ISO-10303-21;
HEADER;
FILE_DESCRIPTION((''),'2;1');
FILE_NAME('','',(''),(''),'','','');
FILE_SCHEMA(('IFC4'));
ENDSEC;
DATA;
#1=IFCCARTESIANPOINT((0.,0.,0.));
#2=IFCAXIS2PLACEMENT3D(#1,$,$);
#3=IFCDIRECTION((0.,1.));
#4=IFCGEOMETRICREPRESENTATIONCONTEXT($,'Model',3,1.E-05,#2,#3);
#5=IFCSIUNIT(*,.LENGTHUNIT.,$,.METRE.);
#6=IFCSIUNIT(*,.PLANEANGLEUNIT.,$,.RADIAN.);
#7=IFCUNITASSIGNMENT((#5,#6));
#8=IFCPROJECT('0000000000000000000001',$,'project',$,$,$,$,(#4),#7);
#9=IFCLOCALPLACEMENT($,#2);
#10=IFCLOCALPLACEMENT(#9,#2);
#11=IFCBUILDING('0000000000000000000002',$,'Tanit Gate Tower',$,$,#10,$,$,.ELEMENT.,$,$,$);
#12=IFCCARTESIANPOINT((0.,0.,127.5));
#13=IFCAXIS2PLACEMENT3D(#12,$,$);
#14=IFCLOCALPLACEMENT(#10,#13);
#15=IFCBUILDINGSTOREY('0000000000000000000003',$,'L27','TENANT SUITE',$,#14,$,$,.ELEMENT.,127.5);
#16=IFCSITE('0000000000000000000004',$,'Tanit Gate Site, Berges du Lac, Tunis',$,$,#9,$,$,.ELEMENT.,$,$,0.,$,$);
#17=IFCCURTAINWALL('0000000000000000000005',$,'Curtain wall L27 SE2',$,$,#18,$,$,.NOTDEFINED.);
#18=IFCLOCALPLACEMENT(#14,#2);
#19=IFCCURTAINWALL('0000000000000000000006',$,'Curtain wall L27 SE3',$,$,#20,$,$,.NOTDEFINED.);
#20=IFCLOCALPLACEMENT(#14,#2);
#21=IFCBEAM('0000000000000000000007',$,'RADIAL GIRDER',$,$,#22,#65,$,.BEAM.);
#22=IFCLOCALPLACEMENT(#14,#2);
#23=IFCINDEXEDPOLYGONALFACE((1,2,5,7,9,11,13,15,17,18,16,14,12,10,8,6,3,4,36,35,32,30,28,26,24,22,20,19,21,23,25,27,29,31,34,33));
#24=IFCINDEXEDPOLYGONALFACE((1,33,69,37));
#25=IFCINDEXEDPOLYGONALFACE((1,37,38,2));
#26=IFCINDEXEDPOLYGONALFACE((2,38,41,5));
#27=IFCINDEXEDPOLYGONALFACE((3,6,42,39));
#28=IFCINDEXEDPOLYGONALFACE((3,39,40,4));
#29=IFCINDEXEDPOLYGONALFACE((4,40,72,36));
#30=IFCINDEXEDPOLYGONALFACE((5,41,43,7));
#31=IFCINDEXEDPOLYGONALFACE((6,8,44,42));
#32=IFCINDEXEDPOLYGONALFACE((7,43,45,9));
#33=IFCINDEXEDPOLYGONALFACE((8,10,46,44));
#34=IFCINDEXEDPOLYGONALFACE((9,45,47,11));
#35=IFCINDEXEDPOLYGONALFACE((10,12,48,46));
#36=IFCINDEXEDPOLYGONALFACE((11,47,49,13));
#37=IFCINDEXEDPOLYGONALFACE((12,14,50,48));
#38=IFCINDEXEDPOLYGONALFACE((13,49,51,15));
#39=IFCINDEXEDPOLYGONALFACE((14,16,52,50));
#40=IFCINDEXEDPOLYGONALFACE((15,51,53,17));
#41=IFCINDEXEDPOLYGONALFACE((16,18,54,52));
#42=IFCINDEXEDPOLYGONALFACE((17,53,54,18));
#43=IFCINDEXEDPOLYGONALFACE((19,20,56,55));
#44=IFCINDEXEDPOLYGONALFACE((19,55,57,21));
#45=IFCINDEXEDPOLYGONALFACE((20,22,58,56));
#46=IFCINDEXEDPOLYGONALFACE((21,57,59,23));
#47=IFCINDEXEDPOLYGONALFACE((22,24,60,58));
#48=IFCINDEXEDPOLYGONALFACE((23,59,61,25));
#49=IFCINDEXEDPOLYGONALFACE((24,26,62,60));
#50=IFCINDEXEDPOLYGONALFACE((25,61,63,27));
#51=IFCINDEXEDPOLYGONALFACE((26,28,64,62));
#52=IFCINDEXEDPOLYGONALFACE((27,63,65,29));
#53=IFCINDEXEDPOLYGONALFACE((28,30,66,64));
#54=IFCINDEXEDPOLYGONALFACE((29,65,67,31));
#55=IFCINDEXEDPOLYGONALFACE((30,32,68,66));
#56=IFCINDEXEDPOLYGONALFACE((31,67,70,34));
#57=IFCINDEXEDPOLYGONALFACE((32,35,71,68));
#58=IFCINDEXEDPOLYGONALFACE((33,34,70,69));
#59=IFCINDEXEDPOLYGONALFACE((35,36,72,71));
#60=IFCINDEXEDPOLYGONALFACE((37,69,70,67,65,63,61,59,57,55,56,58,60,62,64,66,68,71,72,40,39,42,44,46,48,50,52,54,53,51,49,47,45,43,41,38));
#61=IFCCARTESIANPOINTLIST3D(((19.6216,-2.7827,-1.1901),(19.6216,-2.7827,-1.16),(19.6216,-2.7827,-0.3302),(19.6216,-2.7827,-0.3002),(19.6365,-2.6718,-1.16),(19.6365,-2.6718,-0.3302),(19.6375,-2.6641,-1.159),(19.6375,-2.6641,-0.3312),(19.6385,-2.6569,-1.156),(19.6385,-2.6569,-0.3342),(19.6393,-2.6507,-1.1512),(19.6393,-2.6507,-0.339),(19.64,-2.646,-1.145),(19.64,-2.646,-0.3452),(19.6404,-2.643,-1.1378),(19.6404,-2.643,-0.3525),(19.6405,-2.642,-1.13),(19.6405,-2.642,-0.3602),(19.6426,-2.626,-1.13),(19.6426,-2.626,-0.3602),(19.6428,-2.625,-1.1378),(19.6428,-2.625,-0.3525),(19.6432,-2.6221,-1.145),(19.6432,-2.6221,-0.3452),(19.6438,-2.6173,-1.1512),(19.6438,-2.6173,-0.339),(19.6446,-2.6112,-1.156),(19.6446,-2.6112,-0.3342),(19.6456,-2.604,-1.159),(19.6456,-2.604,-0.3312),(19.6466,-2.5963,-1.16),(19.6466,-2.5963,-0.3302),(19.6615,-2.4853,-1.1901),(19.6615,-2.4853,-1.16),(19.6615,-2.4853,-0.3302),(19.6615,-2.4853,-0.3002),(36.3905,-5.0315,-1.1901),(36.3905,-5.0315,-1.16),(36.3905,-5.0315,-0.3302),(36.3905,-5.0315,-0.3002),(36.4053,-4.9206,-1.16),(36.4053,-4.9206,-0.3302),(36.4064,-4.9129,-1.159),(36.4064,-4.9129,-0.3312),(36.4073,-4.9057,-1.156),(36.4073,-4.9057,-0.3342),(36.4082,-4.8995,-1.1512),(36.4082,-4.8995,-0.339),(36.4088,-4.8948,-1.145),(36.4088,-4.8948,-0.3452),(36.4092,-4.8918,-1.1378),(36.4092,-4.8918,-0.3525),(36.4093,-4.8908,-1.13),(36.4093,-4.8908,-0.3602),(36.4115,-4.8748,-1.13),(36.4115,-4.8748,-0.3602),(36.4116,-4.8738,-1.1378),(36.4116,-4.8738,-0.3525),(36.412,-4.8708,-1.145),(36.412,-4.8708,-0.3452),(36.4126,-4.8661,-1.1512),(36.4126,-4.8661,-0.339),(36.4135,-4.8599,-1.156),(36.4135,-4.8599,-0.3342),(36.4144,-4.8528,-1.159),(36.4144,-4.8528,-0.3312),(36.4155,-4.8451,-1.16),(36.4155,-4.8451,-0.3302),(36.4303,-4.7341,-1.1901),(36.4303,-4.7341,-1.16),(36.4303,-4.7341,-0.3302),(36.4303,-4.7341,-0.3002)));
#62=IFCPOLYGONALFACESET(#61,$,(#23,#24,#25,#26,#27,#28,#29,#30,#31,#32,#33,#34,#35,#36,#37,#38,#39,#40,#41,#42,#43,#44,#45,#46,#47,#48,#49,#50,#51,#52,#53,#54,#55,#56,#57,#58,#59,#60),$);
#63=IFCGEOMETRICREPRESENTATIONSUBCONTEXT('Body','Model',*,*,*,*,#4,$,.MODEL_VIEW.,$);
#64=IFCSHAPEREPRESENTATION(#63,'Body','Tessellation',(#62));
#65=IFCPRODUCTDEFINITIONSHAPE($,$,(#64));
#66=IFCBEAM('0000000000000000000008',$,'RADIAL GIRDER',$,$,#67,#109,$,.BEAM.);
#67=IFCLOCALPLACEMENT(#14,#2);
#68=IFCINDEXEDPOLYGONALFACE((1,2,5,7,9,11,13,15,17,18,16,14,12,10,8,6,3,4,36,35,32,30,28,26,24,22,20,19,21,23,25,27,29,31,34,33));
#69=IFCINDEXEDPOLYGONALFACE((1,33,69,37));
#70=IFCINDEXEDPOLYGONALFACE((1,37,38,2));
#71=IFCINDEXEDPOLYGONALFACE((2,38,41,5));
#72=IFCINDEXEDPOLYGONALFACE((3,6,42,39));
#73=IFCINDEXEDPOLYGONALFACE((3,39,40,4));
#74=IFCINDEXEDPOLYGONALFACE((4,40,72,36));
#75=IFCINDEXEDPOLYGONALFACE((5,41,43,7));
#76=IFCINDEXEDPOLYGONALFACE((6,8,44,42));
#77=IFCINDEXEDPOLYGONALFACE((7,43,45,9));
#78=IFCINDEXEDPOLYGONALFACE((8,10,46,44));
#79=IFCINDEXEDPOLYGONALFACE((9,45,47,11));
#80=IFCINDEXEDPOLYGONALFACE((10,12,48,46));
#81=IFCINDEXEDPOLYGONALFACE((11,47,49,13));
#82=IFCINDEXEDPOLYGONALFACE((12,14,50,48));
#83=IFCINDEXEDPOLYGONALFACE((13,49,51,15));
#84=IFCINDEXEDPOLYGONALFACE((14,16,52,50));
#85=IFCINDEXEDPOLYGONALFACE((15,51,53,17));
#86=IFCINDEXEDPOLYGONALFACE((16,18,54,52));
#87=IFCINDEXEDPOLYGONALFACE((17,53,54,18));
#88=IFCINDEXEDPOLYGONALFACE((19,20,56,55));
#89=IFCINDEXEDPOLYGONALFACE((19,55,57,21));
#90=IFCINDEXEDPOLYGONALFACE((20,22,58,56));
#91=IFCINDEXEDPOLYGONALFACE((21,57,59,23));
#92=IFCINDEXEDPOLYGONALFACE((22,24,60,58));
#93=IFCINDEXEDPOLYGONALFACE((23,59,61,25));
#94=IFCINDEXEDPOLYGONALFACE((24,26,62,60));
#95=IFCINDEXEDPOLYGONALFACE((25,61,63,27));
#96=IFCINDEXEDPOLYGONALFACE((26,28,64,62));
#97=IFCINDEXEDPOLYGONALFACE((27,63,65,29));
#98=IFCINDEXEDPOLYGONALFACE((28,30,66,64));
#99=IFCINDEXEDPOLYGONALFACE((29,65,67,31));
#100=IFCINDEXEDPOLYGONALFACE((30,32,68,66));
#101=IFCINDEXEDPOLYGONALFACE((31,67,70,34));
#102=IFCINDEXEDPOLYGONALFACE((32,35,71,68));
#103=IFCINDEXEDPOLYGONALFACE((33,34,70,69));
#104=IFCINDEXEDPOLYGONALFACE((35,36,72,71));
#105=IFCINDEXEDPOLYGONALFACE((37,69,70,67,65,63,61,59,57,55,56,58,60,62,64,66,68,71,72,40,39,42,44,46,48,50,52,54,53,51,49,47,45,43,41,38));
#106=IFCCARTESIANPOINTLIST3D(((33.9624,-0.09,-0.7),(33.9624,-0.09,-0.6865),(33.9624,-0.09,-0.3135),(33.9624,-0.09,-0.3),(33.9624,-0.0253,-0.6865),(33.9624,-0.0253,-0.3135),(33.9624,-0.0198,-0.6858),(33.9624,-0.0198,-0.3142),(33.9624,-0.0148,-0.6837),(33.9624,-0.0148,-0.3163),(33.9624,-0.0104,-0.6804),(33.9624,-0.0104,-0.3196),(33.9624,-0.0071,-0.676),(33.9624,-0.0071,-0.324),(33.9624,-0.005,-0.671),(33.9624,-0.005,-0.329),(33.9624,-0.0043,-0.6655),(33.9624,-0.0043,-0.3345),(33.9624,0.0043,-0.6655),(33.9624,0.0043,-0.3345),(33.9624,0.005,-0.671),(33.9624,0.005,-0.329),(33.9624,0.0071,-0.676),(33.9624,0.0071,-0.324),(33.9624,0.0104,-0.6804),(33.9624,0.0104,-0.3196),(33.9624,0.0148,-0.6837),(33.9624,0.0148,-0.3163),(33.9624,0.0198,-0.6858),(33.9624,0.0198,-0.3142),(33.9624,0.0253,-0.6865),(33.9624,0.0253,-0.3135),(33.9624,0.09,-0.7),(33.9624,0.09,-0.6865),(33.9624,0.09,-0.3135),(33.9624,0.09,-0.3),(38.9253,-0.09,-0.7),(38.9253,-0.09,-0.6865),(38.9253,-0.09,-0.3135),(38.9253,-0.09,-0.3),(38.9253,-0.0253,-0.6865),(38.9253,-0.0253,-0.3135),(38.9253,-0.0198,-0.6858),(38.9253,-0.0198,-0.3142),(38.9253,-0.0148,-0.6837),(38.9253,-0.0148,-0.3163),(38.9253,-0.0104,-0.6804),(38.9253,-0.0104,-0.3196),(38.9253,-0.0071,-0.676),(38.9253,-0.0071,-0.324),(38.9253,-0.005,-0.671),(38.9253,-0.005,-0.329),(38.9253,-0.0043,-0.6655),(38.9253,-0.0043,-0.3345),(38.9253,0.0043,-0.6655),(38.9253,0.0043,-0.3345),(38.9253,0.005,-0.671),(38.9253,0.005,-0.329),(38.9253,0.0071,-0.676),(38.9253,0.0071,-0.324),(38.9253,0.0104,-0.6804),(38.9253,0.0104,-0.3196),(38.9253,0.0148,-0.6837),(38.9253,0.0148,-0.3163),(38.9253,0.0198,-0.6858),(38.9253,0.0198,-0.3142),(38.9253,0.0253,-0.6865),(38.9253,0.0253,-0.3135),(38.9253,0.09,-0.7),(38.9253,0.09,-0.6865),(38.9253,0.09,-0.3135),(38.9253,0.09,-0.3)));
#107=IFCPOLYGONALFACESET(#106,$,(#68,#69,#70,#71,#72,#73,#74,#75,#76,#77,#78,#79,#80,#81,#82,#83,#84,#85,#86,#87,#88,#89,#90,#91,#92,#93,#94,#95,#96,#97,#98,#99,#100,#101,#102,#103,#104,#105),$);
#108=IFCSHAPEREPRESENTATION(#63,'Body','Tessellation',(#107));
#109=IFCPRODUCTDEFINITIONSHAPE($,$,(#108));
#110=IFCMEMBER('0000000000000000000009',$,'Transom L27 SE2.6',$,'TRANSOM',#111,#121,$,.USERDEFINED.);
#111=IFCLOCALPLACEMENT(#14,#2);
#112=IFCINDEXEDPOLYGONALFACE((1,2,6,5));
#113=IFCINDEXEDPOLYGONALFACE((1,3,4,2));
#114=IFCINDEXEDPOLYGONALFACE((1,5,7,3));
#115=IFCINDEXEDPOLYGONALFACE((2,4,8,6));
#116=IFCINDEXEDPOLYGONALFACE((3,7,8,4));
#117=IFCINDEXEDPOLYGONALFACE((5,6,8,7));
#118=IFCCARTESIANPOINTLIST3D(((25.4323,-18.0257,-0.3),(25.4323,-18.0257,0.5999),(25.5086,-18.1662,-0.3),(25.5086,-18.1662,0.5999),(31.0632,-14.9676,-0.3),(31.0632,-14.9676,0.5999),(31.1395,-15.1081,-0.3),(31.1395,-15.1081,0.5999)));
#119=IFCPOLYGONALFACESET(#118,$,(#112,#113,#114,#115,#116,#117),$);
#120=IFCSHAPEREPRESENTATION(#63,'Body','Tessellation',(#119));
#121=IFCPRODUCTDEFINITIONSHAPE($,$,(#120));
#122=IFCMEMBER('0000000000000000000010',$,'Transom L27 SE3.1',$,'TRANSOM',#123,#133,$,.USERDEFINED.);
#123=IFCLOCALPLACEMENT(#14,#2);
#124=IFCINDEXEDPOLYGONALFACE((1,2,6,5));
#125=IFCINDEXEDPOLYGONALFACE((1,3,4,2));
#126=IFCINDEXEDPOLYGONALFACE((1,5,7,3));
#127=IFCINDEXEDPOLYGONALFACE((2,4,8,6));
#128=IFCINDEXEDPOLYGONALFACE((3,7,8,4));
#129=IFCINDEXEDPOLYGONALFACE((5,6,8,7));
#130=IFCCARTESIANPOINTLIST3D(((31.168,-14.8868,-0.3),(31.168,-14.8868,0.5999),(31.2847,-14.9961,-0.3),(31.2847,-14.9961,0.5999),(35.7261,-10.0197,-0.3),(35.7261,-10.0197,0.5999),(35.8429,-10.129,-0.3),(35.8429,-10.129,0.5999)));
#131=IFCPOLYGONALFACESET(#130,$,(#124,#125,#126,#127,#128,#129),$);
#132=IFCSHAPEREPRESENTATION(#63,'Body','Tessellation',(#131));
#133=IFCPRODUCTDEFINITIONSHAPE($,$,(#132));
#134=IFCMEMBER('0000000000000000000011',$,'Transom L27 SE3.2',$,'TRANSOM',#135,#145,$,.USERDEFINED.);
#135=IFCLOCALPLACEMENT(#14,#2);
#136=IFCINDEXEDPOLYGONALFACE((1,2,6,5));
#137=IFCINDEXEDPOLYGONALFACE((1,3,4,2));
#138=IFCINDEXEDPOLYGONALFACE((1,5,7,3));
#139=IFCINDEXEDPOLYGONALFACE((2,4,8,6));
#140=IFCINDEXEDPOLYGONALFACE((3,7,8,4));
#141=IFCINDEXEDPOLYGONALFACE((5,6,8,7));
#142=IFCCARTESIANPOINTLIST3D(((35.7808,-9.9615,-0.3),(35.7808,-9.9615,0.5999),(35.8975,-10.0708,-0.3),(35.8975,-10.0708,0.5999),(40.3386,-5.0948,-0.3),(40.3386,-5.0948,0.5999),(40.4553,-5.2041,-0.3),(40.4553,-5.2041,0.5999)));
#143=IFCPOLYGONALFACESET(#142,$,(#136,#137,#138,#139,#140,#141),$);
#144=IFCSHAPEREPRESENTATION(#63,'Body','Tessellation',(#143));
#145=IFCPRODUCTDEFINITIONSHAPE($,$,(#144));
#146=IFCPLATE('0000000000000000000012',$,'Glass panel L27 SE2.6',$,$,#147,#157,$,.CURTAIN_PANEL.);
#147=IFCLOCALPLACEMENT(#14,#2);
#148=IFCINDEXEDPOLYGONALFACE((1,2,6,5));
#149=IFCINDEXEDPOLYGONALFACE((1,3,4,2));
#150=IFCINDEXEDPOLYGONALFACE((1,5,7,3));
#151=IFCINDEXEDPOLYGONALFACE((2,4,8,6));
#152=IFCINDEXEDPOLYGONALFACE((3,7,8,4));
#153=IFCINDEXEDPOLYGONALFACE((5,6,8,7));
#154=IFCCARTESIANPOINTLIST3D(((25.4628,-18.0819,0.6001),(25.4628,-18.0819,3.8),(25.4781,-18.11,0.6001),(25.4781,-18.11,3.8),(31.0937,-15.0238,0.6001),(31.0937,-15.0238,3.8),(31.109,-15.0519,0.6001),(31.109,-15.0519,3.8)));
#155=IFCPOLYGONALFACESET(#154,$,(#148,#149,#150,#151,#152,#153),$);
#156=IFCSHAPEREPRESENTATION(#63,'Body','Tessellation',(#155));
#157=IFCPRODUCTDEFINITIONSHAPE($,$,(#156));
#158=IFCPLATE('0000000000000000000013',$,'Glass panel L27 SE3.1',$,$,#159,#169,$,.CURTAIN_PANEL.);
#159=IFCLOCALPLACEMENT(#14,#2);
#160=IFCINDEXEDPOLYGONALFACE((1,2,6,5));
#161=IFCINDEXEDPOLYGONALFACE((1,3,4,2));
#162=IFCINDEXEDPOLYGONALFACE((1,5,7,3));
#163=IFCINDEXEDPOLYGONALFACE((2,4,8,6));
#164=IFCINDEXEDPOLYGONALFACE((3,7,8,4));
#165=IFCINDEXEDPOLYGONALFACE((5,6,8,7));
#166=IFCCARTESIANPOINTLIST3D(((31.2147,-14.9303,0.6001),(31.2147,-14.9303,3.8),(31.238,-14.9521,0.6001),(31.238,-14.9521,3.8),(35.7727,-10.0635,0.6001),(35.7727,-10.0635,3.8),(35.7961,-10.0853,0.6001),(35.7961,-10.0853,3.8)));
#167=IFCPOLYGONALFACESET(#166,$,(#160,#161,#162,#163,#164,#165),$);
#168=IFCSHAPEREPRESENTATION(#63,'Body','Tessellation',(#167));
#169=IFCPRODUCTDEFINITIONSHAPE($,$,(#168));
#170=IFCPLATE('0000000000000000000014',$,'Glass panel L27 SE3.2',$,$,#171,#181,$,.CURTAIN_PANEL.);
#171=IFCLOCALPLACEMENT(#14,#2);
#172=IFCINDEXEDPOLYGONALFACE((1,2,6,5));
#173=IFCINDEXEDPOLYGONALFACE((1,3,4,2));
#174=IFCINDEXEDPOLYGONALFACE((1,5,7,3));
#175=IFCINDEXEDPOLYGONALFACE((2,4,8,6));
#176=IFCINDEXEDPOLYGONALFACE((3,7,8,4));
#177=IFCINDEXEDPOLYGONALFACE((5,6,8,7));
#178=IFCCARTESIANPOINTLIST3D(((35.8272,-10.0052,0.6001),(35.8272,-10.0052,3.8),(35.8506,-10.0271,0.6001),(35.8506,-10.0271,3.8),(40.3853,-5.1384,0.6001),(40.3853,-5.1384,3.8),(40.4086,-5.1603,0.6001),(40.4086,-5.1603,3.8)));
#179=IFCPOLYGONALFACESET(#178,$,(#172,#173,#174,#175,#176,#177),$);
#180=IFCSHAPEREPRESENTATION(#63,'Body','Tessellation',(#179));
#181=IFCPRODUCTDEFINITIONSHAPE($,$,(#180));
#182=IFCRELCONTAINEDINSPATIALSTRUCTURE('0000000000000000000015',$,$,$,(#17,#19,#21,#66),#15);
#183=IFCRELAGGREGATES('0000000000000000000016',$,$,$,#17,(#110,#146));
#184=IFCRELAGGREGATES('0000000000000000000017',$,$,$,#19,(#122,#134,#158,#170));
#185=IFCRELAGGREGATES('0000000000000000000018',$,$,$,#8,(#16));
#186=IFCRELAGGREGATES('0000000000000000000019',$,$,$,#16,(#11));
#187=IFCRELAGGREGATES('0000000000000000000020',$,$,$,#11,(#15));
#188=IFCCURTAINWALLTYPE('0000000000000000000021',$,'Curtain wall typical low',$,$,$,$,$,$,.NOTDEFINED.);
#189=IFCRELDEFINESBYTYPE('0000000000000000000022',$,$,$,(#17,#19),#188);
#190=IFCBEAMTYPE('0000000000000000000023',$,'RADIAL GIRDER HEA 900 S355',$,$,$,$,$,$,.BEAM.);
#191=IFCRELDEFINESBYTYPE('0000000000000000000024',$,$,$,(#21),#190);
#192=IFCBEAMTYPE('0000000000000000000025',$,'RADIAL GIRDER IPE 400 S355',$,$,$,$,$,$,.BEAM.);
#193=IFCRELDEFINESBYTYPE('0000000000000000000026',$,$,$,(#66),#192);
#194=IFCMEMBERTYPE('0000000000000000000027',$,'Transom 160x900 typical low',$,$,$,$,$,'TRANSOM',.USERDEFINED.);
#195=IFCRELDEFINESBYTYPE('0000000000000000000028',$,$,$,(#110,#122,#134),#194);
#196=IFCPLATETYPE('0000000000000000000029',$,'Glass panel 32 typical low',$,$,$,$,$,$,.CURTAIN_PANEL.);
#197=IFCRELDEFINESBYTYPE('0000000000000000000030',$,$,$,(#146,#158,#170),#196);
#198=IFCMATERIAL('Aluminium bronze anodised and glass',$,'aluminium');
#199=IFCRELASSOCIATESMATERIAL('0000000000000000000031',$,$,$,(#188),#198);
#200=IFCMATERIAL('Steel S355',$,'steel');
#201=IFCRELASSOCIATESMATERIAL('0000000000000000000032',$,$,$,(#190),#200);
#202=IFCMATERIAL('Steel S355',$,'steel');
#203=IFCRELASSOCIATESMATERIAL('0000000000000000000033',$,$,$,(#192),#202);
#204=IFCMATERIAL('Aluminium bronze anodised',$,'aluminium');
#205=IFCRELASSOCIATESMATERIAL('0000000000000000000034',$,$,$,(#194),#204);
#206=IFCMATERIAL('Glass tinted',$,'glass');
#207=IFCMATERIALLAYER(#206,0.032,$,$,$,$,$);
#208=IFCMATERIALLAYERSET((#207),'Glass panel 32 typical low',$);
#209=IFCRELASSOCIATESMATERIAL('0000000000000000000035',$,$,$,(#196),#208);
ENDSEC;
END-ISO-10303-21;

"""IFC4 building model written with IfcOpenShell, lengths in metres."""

from ifc_helpers import new_model, si_unit, direction, frame, origin, origin_2d, place, context, subcontext, project, spatial, rectangle, i_section, extrude, material, layer, layer_set, material_profile, profile_set, type_object, element, aggregate, save


model = new_model("IFC4")

# Units and contexts
model_context = context("Model", 3, precision=1e-05, world=origin(), true_north=direction((0.0, 1.0)))
body_context = subcontext(model_context, "Body", "Model", "MODEL_VIEW")
ifc_project = project(units=[si_unit("LENGTHUNIT", "METRE"), si_unit("PLANEANGLEUNIT", "RADIAN")], contexts=[model_context])

# Site, building, storey
site_placement = place(None, origin())
site = spatial("IfcSite", under=ifc_project, at=site_placement, Name="Tanit Gate Site, Berges du Lac, Tunis", CompositionType="ELEMENT", RefElevation=0.0)
building_placement = place(site_placement, origin())
building = spatial("IfcBuilding", under=site, at=building_placement, Name="Tanit Gate Tower", CompositionType="ELEMENT")
storey_placement = place(building_placement, frame((0.0, 0.0, 127.5)))
storey = spatial("IfcBuildingStorey", under=building, at=storey_placement, Name="L27", Description="TENANT SUITE", CompositionType="ELEMENT", Elevation=127.5)

# Curtain wall
ifc_material_1 = material(Name="Aluminium bronze anodised and glass", Category="aluminium")
curtain_wall_type = type_object("IfcCurtainWallType", Name="Curtain wall typical low", PredefinedType="NOTDEFINED", material=ifc_material_1)
curtain_wall_1_placement = place(storey_placement, origin())
curtain_wall_1 = element("IfcCurtainWall", 1, at=curtain_wall_1_placement, inside=storey, type_object=curtain_wall_type, Name="Curtain wall L27 SE2", PredefinedType="NOTDEFINED")

# Curtain wall
curtain_wall_2_placement = place(storey_placement, origin())
curtain_wall_2 = element("IfcCurtainWall", 2, at=curtain_wall_2_placement, inside=storey, type_object=curtain_wall_type, Name="Curtain wall L27 SE3", PredefinedType="NOTDEFINED")

# Beams
ifc_material_2 = material(Name="Steel S355", Category="steel")
ifc_material_profile_1 = material_profile(ifc_material_2, i_section(OverallWidth=0.3, OverallDepth=0.8899, WebThickness=0.0161, FlangeThickness=0.03, FilletRadius=0.03, at=origin_2d()), Name="HEA 900")
ifc_profile_set_1 = profile_set([ifc_material_profile_1], Name="Steel S355")
beam_type_1 = type_object("IfcBeamType", Name="RADIAL GIRDER HEA 900 S355", PredefinedType="BEAM", material=ifc_profile_set_1)
beam_1_placement = place(storey_placement, frame((36.4104, -4.8828, -0.7451), z_axis=(-0.991127, 0.132915, 0.0), x_axis=(-0.132915, -0.991127, 0.0)))
element("IfcBeam", 3, at=beam_1_placement, inside=storey, type_object=beam_type_1, Name="RADIAL GIRDER", PredefinedType="BEAM", context=body_context, shape_type="SweptSolid", body=[
    extrude(i_section(OverallWidth=0.3, OverallDepth=0.8899, WebThickness=0.0161, FlangeThickness=0.03, FilletRadius=0.03, at=origin_2d()), origin(), (0.0, 0.0, 1.0), 16.9189),
])
ifc_material_3 = material(Name="Steel S355", Category="steel")
ifc_material_profile_2 = material_profile(ifc_material_3, i_section(OverallWidth=0.1799, OverallDepth=0.3999, WebThickness=0.0085, FlangeThickness=0.0134, FilletRadius=0.021, at=origin_2d()), Name="IPE 400")
ifc_profile_set_2 = profile_set([ifc_material_profile_2], Name="Steel S355")
beam_type_2 = type_object("IfcBeamType", Name="RADIAL GIRDER IPE 400 S355", PredefinedType="BEAM", material=ifc_profile_set_2)
beam_2_placement = place(storey_placement, frame((38.9253, 0.0, -0.5), z_axis=(-1.0, 0.0, 0.0), x_axis=(0.0, -1.0, 0.0)))
element("IfcBeam", 4, at=beam_2_placement, inside=storey, type_object=beam_type_2, Name="RADIAL GIRDER", PredefinedType="BEAM", context=body_context, shape_type="SweptSolid", body=[
    extrude(i_section(OverallWidth=0.1799, OverallDepth=0.3999, WebThickness=0.0085, FlangeThickness=0.0134, FilletRadius=0.021, at=origin_2d()), origin(), (0.0, 0.0, 1.0), 4.9629),
])

# Members
ifc_material_4 = material(Name="Aluminium bronze anodised", Category="aluminium")
ifc_material_profile_3 = material_profile(ifc_material_4, rectangle(XDim=0.1599, YDim=0.8999, at=origin_2d()), Name="160x900 bronze transom")
ifc_profile_set_3 = profile_set([ifc_material_profile_3], Name="Aluminium bronze anodised")
member_type_1 = type_object("IfcMemberType", Name="Transom 160x900 typical low", ElementType="TRANSOM", PredefinedType="USERDEFINED", material=ifc_profile_set_3)
member_1_placement = place(storey_placement, frame((25.4705, -18.0959, 0.1499), z_axis=(0.878765, 0.477255, 0.0), x_axis=(-0.477255, 0.878765, 0.0)))
member_1 = element("IfcMember", 5, at=member_1_placement, type_object=member_type_1, Name="Transom L27 SE2.6", ObjectType="TRANSOM", PredefinedType="USERDEFINED", context=body_context, shape_type="SweptSolid", body=[
    extrude(rectangle(XDim=0.1599, YDim=0.8999, at=origin_2d()), origin(), (0.0, 0.0, 1.0), 6.4077),
])
member_2_placement = place(storey_placement, frame((31.2263, -14.9414, 0.1499), z_axis=(0.68357, 0.729885, 0.0), x_axis=(-0.729885, 0.68357, 0.0)))
member_2 = element("IfcMember", 6, at=member_2_placement, type_object=member_type_1, Name="Transom L27 SE3.1", ObjectType="TRANSOM", PredefinedType="USERDEFINED", context=body_context, shape_type="SweptSolid", body=[
    extrude(rectangle(XDim=0.1599, YDim=0.8999, at=origin_2d()), origin(), (0.0, 0.0, 1.0), 6.6682),
])
member_3_placement = place(storey_placement, frame((35.8391, -10.0161, 0.1499), z_axis=(0.683568, 0.729887, 0.0), x_axis=(-0.729887, 0.683568, 0.0)))
member_3 = element("IfcMember", 7, at=member_3_placement, type_object=member_type_1, Name="Transom L27 SE3.2", ObjectType="TRANSOM", PredefinedType="USERDEFINED", context=body_context, shape_type="SweptSolid", body=[
    extrude(rectangle(XDim=0.1599, YDim=0.8999, at=origin_2d()), origin(), (0.0, 0.0, 1.0), 6.6677),
])

# Plates
ifc_material_5 = material(Name="Glass tinted", Category="glass")
ifc_layer_1 = layer(ifc_material_5, 0.032)
ifc_layer_set_1 = layer_set([ifc_layer_1], Name="Glass panel 32 typical low")
plate_type = type_object("IfcPlateType", Name="Glass panel 32 typical low", PredefinedType="CURTAIN_PANEL", material=ifc_layer_set_1)
plate_1_placement = place(storey_placement, frame((28.2859, -16.5669, 0.6001), z_axis=(0.0, 0.0, 1.0), x_axis=(0.878762, 0.477259, 0.0)))
plate_1 = element("IfcPlate", 8, at=plate_1_placement, type_object=plate_type, Name="Glass panel L27 SE2.6", PredefinedType="CURTAIN_PANEL", context=body_context, shape_type="SweptSolid", body=[
    extrude(rectangle(XDim=6.4077, YDim=0.032, at=origin_2d()), origin(), (0.0, 0.0, 1.0), 3.2),
])
aggregate(curtain_wall_1, [member_1, plate_1])
plate_2_placement = place(storey_placement, frame((33.5054, -12.5078, 0.6001), z_axis=(0.0, 0.0, 1.0), x_axis=(0.683577, 0.729879, 0.0)))
plate_2 = element("IfcPlate", 9, at=plate_2_placement, type_object=plate_type, Name="Glass panel L27 SE3.1", PredefinedType="CURTAIN_PANEL", context=body_context, shape_type="SweptSolid", body=[
    extrude(rectangle(XDim=6.668, YDim=0.032, at=origin_2d()), origin(), (0.0, 0.0, 1.0), 3.2),
])
plate_3_placement = place(storey_placement, frame((38.1179, -7.5828, 0.6001), z_axis=(0.0, 0.0, 1.0), x_axis=(0.683577, 0.729879, 0.0)))
plate_3 = element("IfcPlate", 10, at=plate_3_placement, type_object=plate_type, Name="Glass panel L27 SE3.2", PredefinedType="CURTAIN_PANEL", context=body_context, shape_type="SweptSolid", body=[
    extrude(rectangle(XDim=6.668, YDim=0.032, at=origin_2d()), origin(), (0.0, 0.0, 1.0), 3.2),
])
aggregate(curtain_wall_2, [member_2, member_3, plate_2, plate_3])

save(model, "model.ifc")
